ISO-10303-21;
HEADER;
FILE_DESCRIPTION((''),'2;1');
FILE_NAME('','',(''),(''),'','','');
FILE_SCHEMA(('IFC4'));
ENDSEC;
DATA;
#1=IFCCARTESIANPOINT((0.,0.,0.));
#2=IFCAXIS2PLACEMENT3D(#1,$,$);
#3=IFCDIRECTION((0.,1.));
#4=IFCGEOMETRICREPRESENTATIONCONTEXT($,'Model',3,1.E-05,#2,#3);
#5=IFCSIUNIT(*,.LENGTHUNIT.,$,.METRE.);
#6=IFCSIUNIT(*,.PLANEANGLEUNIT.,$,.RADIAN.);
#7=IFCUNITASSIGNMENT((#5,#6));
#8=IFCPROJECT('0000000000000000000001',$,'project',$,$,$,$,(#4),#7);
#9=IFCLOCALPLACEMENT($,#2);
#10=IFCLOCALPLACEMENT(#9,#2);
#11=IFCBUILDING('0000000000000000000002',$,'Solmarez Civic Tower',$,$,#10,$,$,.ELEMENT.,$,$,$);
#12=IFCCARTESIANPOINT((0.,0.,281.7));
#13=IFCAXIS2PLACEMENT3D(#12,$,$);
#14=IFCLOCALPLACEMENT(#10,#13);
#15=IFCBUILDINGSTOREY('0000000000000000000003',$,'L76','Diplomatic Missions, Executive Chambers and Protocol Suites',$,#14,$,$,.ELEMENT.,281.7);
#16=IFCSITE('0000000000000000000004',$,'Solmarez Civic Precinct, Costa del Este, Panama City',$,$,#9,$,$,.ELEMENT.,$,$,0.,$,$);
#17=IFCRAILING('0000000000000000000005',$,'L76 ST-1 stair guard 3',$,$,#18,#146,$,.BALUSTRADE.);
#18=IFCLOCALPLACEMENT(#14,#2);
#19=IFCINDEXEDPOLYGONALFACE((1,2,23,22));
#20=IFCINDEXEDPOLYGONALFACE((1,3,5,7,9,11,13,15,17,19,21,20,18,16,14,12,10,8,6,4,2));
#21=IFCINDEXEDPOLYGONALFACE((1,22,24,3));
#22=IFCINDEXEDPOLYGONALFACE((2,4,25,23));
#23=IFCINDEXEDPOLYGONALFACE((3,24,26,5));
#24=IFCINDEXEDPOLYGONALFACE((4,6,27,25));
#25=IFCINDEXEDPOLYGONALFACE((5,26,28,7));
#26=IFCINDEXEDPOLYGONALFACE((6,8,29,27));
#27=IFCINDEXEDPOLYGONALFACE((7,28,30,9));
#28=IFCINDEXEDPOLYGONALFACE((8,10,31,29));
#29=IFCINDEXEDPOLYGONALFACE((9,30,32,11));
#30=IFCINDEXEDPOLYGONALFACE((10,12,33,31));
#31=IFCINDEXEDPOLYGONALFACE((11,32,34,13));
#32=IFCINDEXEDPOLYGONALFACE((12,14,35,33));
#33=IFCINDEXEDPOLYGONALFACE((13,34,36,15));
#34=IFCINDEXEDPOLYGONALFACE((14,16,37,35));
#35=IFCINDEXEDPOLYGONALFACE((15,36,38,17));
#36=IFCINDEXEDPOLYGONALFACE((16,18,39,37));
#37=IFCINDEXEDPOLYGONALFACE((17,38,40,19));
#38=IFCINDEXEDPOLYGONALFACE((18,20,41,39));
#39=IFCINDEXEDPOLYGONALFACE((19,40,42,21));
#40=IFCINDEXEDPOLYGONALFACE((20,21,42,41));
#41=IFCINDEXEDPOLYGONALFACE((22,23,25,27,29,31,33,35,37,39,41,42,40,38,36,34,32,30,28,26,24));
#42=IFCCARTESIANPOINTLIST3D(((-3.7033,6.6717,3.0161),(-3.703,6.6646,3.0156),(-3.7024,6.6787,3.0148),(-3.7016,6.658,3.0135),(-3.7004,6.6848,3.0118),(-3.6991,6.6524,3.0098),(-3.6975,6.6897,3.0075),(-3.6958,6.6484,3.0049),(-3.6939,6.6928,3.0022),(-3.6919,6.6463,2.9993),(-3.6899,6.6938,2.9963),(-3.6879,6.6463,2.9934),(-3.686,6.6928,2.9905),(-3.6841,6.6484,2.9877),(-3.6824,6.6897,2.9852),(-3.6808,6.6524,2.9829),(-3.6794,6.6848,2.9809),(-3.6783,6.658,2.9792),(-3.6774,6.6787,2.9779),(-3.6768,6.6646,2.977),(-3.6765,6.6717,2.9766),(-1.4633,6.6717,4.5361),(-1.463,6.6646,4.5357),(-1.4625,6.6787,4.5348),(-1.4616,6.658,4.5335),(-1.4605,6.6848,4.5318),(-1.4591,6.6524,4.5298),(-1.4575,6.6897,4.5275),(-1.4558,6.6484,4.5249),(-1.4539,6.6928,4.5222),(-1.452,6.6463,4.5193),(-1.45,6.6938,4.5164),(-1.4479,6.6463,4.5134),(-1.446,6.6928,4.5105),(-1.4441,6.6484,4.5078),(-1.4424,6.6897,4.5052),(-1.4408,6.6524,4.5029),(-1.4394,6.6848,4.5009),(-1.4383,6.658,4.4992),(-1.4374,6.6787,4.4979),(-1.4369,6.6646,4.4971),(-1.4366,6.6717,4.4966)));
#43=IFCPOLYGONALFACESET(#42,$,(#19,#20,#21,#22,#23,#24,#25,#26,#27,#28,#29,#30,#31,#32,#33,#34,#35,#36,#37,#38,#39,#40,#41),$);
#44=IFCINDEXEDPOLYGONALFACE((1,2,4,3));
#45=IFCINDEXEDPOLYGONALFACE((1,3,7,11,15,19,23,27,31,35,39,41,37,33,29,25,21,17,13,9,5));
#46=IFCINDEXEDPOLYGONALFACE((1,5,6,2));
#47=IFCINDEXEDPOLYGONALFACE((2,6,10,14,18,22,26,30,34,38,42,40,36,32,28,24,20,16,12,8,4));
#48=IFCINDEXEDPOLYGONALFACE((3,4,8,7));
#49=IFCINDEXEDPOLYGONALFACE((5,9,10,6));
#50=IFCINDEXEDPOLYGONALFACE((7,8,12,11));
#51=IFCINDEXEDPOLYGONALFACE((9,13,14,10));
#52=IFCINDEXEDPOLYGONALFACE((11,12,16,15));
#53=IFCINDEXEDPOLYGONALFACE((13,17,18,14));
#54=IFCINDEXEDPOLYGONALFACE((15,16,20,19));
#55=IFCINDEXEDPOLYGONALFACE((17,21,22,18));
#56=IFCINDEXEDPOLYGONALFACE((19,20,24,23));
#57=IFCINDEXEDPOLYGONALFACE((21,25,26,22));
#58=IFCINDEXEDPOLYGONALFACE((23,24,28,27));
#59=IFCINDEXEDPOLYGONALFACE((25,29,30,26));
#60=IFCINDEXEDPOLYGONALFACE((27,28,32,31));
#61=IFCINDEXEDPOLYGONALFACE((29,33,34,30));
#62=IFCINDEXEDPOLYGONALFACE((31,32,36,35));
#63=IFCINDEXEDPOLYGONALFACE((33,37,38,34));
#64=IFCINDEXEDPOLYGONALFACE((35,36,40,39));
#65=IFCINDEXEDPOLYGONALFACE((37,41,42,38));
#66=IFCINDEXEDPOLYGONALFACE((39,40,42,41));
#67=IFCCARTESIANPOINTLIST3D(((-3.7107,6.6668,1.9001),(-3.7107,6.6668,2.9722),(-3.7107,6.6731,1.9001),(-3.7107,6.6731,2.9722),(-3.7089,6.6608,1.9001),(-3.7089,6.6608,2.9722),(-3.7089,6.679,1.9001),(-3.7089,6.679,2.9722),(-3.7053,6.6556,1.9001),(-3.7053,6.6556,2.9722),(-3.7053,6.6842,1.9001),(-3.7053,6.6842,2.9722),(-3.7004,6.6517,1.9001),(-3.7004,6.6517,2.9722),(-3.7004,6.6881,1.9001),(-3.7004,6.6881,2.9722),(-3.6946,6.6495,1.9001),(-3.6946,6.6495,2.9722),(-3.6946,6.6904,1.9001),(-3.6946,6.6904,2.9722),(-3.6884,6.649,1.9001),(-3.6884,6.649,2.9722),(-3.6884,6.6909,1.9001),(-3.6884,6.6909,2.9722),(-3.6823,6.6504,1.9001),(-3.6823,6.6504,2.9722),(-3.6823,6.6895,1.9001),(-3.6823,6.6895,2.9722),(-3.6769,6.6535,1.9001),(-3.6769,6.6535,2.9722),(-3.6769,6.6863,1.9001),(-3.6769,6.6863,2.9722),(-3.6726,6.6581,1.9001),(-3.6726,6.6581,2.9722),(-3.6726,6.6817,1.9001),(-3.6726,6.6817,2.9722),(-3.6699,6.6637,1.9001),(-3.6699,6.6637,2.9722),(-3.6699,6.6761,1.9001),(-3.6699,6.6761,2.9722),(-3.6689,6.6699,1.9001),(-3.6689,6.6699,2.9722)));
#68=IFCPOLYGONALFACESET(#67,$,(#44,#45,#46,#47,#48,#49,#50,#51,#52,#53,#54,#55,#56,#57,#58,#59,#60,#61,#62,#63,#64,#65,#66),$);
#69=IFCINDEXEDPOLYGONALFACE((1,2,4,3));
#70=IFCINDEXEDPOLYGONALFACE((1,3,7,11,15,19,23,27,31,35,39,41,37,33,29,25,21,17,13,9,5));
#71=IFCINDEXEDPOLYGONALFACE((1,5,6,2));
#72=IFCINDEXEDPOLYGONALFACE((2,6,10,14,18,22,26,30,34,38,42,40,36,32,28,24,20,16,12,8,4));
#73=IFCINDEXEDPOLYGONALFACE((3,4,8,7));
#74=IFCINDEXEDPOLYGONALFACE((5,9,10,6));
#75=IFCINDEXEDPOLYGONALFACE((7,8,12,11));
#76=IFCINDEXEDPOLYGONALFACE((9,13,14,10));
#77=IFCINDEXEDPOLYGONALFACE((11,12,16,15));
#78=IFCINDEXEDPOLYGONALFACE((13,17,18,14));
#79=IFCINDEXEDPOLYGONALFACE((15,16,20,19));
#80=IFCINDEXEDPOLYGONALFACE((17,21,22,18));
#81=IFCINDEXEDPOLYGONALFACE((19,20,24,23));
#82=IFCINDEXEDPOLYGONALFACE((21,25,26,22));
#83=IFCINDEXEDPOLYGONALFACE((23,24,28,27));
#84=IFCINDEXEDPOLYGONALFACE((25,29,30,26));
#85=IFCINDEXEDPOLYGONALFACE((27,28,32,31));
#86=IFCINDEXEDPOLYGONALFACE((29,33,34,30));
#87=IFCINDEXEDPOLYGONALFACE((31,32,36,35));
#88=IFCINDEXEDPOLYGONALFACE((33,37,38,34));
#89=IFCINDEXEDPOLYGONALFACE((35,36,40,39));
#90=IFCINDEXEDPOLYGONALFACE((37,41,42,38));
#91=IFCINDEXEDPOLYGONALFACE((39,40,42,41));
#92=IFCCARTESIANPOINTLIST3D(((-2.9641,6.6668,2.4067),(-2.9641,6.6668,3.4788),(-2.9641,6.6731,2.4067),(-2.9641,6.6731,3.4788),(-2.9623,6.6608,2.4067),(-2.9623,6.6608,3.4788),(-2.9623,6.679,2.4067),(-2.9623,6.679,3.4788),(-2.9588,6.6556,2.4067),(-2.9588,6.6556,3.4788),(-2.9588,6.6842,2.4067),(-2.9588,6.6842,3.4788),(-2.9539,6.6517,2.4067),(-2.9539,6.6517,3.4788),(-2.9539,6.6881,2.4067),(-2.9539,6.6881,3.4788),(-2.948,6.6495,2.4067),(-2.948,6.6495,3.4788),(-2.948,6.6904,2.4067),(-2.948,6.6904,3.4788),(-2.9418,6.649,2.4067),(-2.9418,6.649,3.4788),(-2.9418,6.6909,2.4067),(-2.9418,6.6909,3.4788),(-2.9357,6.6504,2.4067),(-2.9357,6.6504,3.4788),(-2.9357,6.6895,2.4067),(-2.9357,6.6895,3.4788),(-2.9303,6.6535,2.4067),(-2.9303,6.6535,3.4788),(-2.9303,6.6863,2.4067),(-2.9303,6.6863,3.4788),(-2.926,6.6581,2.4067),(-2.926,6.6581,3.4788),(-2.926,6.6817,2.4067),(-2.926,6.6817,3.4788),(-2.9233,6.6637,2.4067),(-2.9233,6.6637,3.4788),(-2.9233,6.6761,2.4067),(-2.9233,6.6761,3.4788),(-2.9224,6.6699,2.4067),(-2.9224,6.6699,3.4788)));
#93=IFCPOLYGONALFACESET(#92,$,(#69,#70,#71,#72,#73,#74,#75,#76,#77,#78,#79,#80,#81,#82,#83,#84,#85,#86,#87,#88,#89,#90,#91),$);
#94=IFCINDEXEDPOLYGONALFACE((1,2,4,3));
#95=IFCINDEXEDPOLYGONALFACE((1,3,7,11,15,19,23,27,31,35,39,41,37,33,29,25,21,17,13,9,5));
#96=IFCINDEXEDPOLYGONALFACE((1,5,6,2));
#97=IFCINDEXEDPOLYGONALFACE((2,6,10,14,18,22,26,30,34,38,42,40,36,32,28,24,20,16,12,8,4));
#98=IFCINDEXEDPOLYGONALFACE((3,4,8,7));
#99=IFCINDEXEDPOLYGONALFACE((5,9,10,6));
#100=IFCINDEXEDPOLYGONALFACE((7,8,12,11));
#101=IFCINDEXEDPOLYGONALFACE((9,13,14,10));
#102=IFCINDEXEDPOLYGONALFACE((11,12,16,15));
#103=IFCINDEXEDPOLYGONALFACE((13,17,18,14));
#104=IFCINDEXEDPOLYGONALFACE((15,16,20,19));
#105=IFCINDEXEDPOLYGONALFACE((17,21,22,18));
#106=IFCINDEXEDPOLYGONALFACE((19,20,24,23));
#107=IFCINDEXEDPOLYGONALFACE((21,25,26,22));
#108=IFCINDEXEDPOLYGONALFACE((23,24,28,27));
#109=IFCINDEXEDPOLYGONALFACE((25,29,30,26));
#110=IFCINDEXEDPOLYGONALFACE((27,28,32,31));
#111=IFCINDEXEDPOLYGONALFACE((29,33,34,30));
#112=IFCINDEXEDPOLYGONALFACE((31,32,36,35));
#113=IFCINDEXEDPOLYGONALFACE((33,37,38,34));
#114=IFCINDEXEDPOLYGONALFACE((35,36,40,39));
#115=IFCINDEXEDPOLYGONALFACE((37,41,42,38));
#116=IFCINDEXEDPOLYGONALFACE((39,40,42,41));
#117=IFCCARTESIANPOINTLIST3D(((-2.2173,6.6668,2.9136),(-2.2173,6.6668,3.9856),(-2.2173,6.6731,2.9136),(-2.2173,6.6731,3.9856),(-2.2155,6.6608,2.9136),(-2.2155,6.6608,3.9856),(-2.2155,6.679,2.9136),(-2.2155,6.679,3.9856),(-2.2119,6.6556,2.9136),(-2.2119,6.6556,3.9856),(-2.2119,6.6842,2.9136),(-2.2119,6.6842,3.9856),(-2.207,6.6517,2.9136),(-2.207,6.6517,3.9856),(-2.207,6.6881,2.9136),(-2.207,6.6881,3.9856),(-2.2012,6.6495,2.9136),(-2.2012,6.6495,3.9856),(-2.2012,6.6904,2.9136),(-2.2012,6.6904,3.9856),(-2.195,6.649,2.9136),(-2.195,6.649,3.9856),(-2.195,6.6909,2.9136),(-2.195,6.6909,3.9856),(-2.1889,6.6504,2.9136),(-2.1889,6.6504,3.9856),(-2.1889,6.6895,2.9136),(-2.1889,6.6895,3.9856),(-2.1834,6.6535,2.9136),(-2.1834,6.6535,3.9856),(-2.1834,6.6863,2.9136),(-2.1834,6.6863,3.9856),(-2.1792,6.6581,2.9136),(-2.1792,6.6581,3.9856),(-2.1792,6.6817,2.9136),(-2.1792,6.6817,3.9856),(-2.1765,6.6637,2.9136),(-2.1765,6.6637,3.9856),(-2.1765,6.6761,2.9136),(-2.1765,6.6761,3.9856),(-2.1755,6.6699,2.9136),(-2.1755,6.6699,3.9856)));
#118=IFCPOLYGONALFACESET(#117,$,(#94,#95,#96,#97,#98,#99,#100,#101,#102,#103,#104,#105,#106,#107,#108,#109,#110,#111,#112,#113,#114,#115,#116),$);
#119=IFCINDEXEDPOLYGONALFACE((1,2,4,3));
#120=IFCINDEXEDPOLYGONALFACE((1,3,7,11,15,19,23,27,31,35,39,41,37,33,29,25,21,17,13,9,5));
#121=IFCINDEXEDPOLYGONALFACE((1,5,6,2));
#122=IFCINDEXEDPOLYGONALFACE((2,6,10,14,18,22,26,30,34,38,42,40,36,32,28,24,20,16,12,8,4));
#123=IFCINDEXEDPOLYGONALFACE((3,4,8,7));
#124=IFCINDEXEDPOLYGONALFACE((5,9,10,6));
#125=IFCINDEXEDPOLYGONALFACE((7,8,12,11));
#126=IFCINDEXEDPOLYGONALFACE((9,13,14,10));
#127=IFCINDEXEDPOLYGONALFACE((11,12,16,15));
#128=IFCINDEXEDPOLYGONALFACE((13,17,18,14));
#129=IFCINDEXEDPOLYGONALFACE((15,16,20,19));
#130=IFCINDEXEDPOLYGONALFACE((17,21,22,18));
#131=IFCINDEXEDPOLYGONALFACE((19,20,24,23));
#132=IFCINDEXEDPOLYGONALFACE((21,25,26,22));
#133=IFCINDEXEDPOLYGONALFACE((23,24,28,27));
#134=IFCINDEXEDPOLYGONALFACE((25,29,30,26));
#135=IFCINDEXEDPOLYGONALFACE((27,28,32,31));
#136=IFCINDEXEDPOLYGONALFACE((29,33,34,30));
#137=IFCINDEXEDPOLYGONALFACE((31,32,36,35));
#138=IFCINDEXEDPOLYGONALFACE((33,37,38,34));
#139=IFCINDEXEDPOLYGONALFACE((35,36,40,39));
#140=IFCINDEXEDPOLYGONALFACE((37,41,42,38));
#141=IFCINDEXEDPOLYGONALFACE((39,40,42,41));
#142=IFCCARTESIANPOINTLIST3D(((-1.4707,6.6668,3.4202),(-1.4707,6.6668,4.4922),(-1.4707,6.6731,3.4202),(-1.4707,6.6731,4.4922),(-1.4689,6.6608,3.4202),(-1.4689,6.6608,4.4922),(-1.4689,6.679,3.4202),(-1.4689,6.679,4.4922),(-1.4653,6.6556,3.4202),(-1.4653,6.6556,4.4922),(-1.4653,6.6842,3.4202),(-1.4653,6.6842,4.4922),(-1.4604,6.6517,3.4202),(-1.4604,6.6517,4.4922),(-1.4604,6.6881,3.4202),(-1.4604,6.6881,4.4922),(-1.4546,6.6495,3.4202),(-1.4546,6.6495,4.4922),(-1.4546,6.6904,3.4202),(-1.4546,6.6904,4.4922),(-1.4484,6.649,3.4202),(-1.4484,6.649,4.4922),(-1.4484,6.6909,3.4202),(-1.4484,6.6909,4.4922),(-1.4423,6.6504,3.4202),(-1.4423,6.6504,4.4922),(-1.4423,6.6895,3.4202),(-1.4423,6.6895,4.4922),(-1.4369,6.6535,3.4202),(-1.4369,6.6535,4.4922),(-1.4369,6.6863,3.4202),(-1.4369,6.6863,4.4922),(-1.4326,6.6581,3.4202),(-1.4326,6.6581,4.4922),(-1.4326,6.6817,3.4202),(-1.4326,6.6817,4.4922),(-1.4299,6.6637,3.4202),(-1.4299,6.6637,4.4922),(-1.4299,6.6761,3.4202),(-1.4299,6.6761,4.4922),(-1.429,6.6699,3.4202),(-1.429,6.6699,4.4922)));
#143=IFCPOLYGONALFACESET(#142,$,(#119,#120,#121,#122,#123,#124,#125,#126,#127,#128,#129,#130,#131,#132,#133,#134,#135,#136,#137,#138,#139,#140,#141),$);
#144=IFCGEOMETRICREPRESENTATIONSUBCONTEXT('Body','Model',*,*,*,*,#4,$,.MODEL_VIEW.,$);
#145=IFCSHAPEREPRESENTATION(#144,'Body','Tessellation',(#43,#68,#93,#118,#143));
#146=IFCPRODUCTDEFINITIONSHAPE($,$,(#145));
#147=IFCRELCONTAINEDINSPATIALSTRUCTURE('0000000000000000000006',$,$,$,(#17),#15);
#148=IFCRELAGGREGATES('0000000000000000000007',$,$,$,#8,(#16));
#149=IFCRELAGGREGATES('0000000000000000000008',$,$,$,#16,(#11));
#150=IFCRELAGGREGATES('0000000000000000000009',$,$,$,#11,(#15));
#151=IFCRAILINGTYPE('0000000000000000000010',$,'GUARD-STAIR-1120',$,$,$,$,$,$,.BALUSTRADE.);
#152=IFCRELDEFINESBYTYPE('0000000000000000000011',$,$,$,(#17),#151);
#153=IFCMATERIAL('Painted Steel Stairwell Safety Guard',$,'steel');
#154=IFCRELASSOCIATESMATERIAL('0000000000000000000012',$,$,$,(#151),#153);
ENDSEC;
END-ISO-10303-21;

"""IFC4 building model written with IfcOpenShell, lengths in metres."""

from ifc_helpers import new_model, si_unit, direction, frame, origin, origin_2d, place, context, subcontext, project, spatial, circle, extrude, material, type_object, element, save


model = new_model("IFC4")

# Units and contexts
model_context = context("Model", 3, precision=1e-05, world=origin(), true_north=direction((0.0, 1.0)))
body_context = subcontext(model_context, "Body", "Model", "MODEL_VIEW")
ifc_project = project(units=[si_unit("LENGTHUNIT", "METRE"), si_unit("PLANEANGLEUNIT", "RADIAN")], contexts=[model_context])

# Site, building, storey
site_placement = place(None, origin())
site = spatial("IfcSite", under=ifc_project, at=site_placement, Name="Solmarez Civic Precinct, Costa del Este, Panama City", CompositionType="ELEMENT", RefElevation=0.0)
building_placement = place(site_placement, origin())
building = spatial("IfcBuilding", under=site, at=building_placement, Name="Solmarez Civic Tower", CompositionType="ELEMENT")
storey_placement = place(building_placement, frame((0.0, 0.0, 281.7)))
storey = spatial("IfcBuildingStorey", under=building, at=storey_placement, Name="L76", Description="Diplomatic Missions, Executive Chambers and Protocol Suites", CompositionType="ELEMENT", Elevation=281.7)

# Railing
ifc_material_1 = material(Name="Painted Steel Stairwell Safety Guard", Category="steel")
railing_type_1 = type_object("IfcRailingType", Name="GUARD-STAIR-1120", PredefinedType="BALUSTRADE", material=ifc_material_1)
railing_1_placement = place(storey_placement, frame((-3.6899, 6.6699, 1.9001)))
element("IfcRailing", 1, at=railing_1_placement, inside=storey, type_object=railing_type_1, Name="L76 ST-1 stair guard 3", PredefinedType="BALUSTRADE", context=body_context, shape_type="SweptSolid", body=[
    extrude(circle(Radius=0.0239, at=origin_2d()), frame((0.0, 0.0, 1.0962), z_axis=(0.827471, 0.0, 0.561508), x_axis=(0.0, 1.0, 0.0)), (0.0, 0.0, 1.0), 2.707),
    extrude(circle(Radius=0.021, at=origin_2d()), origin(), (0.0, 0.0, 1.0), 1.072),
    extrude(circle(Radius=0.021, at=origin_2d()), frame((0.7466, 0.0, 0.5066)), (0.0, 0.0, 1.0), 1.072),
    extrude(circle(Radius=0.021, at=origin_2d()), frame((1.4934, 0.0, 1.0134)), (0.0, 0.0, 1.0), 1.072),
    extrude(circle(Radius=0.021, at=origin_2d()), frame((2.24, 0.0, 1.52)), (0.0, 0.0, 1.0), 1.072),
])

save(model, "model.ifc")
